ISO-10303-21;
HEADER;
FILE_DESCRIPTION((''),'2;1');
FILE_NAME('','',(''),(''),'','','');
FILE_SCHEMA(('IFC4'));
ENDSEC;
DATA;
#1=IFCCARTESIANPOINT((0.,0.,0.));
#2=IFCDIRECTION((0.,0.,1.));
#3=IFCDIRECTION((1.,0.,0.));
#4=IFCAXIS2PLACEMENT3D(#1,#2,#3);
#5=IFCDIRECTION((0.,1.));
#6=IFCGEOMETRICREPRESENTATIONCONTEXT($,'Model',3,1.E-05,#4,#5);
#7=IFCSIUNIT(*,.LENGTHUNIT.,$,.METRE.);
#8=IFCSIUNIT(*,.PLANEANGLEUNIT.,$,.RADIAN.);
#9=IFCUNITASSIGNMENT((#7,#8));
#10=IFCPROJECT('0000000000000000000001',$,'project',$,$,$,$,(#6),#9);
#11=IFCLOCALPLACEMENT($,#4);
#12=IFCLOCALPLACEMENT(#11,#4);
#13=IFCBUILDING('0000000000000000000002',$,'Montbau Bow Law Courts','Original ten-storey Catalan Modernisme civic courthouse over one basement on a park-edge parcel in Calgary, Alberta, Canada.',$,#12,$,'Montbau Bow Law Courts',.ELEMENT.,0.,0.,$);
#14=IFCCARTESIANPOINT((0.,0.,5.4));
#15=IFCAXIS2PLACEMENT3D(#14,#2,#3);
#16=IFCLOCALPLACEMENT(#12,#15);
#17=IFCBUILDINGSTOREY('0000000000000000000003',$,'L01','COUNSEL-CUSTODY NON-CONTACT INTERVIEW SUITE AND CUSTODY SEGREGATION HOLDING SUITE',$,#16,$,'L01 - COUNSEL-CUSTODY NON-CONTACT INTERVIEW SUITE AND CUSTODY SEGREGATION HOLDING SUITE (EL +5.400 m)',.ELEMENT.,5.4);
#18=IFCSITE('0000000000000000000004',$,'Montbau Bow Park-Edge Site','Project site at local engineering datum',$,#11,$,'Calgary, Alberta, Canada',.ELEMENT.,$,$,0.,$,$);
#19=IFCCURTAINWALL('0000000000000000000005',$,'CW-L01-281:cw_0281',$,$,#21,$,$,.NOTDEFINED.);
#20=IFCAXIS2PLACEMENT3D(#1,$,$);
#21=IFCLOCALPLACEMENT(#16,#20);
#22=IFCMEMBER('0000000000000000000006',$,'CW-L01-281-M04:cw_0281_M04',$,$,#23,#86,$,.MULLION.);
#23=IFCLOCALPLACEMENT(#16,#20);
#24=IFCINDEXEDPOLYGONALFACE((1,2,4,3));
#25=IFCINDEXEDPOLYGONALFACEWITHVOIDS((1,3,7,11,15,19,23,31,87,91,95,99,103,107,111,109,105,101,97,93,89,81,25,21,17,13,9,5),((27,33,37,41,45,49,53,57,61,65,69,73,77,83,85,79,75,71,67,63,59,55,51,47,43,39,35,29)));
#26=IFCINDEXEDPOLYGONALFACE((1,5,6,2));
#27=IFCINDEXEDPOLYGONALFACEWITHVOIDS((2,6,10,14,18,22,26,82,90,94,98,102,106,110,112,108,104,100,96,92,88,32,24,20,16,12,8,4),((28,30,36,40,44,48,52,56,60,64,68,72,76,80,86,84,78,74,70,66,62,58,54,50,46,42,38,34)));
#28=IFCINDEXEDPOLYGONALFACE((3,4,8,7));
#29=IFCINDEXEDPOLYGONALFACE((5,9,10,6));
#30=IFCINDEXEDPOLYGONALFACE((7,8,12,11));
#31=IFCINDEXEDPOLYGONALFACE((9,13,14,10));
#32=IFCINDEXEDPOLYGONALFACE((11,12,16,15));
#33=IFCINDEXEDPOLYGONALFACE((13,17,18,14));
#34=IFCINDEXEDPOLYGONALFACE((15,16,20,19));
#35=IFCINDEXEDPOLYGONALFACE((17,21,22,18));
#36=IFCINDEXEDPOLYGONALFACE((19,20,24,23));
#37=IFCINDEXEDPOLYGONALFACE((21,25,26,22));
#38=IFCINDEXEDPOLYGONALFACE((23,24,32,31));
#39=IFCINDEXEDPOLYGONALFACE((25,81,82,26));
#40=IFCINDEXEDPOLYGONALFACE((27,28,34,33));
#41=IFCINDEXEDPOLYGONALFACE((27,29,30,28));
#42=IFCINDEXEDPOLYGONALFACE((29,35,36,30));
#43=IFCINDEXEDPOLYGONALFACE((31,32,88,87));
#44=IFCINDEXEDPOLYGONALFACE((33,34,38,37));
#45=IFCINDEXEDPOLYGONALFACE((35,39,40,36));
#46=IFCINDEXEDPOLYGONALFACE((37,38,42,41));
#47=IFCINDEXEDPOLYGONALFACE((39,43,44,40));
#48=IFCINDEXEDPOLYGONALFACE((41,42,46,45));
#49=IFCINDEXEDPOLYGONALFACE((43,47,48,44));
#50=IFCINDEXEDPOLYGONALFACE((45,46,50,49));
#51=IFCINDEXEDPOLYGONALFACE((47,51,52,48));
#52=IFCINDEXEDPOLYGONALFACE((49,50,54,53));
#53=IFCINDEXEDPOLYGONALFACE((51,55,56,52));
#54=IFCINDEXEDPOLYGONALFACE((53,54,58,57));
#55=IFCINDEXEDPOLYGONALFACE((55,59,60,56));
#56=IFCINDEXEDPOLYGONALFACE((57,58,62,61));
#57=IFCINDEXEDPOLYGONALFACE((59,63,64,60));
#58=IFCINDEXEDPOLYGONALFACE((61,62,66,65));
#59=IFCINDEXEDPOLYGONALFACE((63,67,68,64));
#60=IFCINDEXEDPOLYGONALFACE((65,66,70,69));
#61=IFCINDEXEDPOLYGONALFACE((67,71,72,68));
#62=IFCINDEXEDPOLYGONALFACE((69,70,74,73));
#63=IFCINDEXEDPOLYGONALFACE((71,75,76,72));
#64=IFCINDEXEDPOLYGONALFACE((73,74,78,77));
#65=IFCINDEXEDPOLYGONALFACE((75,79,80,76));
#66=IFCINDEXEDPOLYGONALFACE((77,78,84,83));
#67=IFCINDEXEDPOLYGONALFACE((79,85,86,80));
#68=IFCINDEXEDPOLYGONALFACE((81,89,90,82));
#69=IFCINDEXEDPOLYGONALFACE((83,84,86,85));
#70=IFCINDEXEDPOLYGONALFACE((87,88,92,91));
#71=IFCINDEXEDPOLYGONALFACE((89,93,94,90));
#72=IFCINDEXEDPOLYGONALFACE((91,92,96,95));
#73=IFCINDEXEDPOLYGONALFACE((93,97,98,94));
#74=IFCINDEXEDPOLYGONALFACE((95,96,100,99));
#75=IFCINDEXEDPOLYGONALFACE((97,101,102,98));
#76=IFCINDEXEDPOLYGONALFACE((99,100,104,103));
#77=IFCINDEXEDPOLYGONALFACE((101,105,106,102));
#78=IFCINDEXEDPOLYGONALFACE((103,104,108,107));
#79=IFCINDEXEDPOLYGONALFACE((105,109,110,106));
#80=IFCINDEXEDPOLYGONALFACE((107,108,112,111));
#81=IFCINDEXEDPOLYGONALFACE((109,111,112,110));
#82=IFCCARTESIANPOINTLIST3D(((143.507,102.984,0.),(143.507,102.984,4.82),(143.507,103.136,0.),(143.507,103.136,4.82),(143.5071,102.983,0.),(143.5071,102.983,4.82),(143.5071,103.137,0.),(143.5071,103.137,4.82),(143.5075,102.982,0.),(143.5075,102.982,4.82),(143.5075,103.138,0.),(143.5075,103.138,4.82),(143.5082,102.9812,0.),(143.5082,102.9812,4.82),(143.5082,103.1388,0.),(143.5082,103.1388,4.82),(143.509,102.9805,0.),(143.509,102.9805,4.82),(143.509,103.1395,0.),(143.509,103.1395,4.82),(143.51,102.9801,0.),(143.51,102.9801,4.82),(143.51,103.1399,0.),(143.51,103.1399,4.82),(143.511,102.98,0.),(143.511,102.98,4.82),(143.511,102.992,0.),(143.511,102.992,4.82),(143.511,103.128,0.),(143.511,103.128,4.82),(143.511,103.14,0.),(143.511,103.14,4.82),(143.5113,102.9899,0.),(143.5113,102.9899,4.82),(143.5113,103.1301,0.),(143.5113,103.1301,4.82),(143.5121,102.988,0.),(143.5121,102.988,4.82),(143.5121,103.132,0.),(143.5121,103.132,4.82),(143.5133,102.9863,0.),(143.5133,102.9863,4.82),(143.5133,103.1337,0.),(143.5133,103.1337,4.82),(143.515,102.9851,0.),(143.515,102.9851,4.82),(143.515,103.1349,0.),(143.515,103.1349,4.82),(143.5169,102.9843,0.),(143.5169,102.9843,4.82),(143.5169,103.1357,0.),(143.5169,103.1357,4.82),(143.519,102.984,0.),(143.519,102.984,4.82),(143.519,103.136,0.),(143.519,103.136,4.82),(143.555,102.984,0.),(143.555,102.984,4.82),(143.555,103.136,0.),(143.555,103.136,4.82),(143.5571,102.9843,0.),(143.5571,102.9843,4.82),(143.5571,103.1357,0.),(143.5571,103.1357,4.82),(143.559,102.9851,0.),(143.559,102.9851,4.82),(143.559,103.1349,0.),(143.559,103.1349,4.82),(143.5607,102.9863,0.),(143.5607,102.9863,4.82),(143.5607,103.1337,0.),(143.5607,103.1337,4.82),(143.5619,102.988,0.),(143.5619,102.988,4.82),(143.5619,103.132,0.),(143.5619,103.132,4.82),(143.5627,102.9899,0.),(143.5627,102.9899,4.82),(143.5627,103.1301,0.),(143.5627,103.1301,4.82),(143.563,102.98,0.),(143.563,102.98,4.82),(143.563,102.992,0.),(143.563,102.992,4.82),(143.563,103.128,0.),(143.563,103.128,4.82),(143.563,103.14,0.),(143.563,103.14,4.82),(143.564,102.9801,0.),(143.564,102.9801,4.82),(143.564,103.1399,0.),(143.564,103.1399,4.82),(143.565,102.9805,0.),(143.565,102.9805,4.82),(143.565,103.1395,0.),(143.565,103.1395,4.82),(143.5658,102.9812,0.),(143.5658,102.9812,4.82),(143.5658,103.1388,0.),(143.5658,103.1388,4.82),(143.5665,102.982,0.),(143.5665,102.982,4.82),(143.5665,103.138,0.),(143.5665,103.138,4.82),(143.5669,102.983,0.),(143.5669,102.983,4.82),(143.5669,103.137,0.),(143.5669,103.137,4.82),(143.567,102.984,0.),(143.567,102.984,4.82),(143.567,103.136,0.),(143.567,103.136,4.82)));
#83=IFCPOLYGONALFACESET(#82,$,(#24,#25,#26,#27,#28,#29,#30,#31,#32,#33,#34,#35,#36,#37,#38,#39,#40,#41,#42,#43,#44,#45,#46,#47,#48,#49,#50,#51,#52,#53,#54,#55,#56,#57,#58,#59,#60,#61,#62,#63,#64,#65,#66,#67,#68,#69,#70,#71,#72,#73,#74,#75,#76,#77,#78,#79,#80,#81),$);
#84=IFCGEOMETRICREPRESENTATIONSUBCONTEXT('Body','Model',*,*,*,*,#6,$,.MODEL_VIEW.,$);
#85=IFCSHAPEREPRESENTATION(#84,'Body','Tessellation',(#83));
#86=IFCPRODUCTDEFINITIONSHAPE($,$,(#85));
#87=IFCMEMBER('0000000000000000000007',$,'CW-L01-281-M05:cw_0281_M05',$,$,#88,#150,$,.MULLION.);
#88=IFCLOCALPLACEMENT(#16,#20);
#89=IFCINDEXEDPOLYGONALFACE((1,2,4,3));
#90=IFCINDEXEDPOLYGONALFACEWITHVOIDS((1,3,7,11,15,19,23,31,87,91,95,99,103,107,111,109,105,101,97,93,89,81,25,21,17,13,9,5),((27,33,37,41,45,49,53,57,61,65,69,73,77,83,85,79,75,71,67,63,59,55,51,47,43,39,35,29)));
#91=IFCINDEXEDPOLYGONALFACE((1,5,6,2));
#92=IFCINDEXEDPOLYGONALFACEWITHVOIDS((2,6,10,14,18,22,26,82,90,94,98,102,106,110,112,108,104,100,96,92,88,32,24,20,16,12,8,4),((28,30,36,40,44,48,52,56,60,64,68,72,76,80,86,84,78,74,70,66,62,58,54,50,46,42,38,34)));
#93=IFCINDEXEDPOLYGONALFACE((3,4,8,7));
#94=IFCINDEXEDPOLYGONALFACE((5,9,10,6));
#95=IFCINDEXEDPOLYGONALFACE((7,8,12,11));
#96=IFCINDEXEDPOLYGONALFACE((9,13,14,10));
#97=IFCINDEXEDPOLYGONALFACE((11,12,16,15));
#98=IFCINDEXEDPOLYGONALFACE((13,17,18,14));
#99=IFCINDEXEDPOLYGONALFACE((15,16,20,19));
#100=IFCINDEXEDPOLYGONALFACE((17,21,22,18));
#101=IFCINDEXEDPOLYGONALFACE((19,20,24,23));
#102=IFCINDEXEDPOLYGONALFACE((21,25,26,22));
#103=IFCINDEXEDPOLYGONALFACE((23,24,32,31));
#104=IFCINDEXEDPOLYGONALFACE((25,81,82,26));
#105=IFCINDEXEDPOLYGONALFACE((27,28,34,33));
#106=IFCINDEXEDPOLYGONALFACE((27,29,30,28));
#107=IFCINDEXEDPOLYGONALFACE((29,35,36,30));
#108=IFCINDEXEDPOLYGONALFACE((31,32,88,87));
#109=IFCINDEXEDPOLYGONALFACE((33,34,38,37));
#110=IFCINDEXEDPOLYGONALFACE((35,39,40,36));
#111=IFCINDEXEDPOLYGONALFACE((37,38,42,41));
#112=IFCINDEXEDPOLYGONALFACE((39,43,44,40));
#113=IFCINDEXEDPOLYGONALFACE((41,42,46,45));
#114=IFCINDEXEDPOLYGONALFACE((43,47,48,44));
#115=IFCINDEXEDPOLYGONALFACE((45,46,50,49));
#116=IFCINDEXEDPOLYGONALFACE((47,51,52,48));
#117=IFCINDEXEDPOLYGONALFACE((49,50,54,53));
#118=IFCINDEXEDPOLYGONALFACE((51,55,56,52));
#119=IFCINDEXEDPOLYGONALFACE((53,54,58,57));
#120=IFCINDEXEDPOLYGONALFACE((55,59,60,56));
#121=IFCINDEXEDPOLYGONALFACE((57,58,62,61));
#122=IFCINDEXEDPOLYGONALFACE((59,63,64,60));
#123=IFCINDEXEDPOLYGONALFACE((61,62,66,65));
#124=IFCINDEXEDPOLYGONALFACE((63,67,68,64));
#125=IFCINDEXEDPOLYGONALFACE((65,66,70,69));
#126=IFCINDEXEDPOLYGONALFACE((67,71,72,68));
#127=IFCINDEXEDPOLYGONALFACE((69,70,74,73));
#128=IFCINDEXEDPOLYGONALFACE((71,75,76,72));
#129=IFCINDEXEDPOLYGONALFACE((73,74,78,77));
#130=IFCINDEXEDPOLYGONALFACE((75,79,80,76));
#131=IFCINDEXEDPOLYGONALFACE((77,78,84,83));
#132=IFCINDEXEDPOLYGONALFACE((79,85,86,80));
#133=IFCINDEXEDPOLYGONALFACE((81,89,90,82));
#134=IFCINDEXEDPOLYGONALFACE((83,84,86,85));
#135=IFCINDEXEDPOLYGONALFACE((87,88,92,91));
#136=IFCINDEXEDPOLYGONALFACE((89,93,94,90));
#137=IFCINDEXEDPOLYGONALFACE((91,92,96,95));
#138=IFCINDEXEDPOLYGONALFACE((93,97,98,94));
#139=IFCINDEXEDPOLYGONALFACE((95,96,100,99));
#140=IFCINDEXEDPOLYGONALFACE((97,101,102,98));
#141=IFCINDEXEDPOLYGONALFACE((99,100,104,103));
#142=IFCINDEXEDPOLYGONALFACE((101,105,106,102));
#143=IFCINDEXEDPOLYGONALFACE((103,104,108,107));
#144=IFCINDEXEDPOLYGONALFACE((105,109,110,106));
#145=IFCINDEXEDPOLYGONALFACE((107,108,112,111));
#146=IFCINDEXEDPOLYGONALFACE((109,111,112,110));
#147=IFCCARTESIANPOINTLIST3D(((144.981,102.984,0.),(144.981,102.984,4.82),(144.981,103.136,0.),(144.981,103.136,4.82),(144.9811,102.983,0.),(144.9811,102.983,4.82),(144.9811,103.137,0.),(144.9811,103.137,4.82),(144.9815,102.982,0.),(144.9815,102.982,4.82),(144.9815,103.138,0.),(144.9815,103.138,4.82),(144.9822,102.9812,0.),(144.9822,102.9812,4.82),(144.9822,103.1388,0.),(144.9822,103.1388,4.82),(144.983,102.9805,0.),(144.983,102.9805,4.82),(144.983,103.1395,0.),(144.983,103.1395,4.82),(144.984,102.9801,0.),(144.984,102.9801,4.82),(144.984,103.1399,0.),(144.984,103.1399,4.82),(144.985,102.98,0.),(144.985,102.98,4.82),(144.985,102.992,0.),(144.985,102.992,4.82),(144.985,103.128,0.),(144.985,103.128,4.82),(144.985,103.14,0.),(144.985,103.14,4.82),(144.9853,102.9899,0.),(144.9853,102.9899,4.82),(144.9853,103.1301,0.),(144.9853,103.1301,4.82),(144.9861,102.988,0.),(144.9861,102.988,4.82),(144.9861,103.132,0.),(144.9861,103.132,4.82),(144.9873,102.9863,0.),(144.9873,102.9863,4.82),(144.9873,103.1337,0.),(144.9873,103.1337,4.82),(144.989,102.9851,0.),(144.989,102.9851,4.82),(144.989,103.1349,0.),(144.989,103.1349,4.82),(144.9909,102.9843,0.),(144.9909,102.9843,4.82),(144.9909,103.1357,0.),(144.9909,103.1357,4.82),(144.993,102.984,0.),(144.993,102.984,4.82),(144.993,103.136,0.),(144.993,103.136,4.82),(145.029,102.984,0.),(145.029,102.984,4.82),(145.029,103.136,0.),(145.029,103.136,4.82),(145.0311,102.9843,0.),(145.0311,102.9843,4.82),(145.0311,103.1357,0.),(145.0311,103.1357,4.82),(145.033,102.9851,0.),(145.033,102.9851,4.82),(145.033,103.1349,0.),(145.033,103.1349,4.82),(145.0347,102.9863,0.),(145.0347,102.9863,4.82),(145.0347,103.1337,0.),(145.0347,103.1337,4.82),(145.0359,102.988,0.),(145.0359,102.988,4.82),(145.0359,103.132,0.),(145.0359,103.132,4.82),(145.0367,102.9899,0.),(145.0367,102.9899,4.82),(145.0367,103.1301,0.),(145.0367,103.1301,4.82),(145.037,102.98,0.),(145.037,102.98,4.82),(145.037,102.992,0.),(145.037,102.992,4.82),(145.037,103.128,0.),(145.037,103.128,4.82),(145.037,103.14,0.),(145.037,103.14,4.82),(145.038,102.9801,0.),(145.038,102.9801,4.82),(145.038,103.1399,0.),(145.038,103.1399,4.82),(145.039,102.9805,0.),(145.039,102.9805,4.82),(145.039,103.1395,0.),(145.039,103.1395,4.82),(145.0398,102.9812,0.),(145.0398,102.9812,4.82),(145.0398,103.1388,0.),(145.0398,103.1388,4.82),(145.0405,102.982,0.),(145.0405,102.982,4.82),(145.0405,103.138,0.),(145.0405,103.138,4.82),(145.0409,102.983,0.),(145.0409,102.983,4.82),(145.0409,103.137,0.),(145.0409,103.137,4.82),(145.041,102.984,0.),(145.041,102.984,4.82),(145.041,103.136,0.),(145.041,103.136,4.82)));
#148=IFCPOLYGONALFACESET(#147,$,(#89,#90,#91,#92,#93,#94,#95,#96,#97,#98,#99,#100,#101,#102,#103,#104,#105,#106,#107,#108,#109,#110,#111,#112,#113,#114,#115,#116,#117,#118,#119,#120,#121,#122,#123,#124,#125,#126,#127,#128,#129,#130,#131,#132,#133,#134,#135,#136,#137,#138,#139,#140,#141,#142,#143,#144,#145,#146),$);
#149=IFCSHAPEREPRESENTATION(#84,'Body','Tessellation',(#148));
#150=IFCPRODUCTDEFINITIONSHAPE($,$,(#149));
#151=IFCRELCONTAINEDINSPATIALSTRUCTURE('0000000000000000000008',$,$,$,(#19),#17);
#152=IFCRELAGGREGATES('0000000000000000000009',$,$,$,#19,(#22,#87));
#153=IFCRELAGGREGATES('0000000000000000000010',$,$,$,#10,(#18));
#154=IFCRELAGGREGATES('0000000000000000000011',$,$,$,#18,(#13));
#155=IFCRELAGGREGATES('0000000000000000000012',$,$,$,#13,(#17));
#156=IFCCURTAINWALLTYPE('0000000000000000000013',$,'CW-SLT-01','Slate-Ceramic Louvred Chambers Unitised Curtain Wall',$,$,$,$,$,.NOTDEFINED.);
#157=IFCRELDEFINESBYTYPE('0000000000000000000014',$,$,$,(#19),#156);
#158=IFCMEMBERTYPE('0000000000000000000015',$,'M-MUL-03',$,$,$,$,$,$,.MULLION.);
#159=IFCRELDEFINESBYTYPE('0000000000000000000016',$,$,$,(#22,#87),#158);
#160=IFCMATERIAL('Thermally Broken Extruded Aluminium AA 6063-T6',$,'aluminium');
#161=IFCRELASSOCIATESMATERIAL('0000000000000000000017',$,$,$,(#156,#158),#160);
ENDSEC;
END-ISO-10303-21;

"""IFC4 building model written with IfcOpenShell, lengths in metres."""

from ifc_helpers import new_model, si_unit, direction, frame, origin_with_axes, origin_2d_with_axis, place, context, subcontext, project, spatial, hollow_rectangle, extrude, material, material_profile, profile_set, type_object, element, aggregate, save


model = new_model("IFC4")

# Units and contexts
model_context = context("Model", 3, precision=1e-05, world=origin_with_axes(), true_north=direction((0.0, 1.0)))
body_context = subcontext(model_context, "Body", "Model", "MODEL_VIEW")
ifc_project = project(units=[si_unit("LENGTHUNIT", "METRE"), si_unit("PLANEANGLEUNIT", "RADIAN")], contexts=[model_context])

# Site, building, storey
site_placement = place(None, origin_with_axes())
site = spatial("IfcSite", under=ifc_project, at=site_placement, Name="Montbau Bow Park-Edge Site", Description="Project site at local engineering datum", LongName="Calgary, Alberta, Canada", CompositionType="ELEMENT", RefElevation=0.0)
building_placement = place(site_placement, origin_with_axes())
building = spatial("IfcBuilding", under=site, at=building_placement, Name="Montbau Bow Law Courts", Description="Original ten-storey Catalan Modernisme civic courthouse over one basement on a park-edge parcel in Calgary, Alberta, Canada.", LongName="Montbau Bow Law Courts", CompositionType="ELEMENT", ElevationOfRefHeight=0.0, ElevationOfTerrain=0.0)
storey_placement = place(building_placement, frame((0.0, 0.0, 5.4), z_axis=(0.0, 0.0, 1.0), x_axis=(1.0, 0.0, 0.0)))
storey = spatial("IfcBuildingStorey", under=building, at=storey_placement, Name="L01", Description="COUNSEL-CUSTODY NON-CONTACT INTERVIEW SUITE AND CUSTODY SEGREGATION HOLDING SUITE", LongName="L01 - COUNSEL-CUSTODY NON-CONTACT INTERVIEW SUITE AND CUSTODY SEGREGATION HOLDING SUITE (EL +5.400 m)", CompositionType="ELEMENT", Elevation=5.4)

# Curtain wall, members
ifc_material_1 = material(Name="Thermally Broken Extruded Aluminium AA 6063-T6", Category="aluminium")
curtain_wall_type = type_object("IfcCurtainWallType", Name="CW-SLT-01", Description="Slate-Ceramic Louvred Chambers Unitised Curtain Wall", PredefinedType="NOTDEFINED", material=ifc_material_1)
curtain_wall_placement = place(None, frame((139.115, 103.06, 5.4), z_axis=(0.0, 0.0, 1.0), x_axis=(1.0, 0.0, 0.0)))
curtain_wall = element("IfcCurtainWall", 1, at=curtain_wall_placement, inside=storey, type_object=curtain_wall_type, Name="CW-L01-281:cw_0281", PredefinedType="NOTDEFINED")
ifc_material_profile_1 = material_profile(ifc_material_1, hollow_rectangle(XDim=0.06, YDim=0.16, WallThickness=0.004, InnerFilletRadius=0.008, OuterFilletRadius=0.004, at=origin_2d_with_axis()), Name="CWM-160X60", Category="Main", Priority=0)
ifc_profile_set_1 = profile_set([ifc_material_profile_1], Name="Thermally Broken Extruded Aluminium AA 6063-T6")
member_type_1 = type_object("IfcMemberType", Name="M-MUL-03", PredefinedType="MULLION", material=ifc_profile_set_1)
member_1_placement = place(None, frame((143.537, 103.06, 5.4), z_axis=(0.0, 0.0, 1.0), x_axis=(1.0, 0.0, 0.0)))
member_1 = element("IfcMember", 2, at=member_1_placement, type_object=member_type_1, Name="CW-L01-281-M04:cw_0281_M04", PredefinedType="MULLION", context=body_context, shape_type="SweptSolid", body=[
    extrude(hollow_rectangle(XDim=0.06, YDim=0.16, WallThickness=0.004, InnerFilletRadius=0.008, OuterFilletRadius=0.004, at=origin_2d_with_axis()), origin_with_axes(), (0.0, 0.0, 1.0), 4.82),
])
member_2_placement = place(None, frame((145.011, 103.06, 5.4), z_axis=(0.0, 0.0, 1.0), x_axis=(1.0, 0.0, 0.0)))
member_2 = element("IfcMember", 3, at=member_2_placement, type_object=member_type_1, Name="CW-L01-281-M05:cw_0281_M05", PredefinedType="MULLION", context=body_context, shape_type="SweptSolid", body=[
    extrude(hollow_rectangle(XDim=0.06, YDim=0.16, WallThickness=0.004, InnerFilletRadius=0.008, OuterFilletRadius=0.004, at=origin_2d_with_axis()), origin_with_axes(), (0.0, 0.0, 1.0), 4.82),
])
aggregate(curtain_wall, [member_1, member_2])

save(model, "model.ifc")
